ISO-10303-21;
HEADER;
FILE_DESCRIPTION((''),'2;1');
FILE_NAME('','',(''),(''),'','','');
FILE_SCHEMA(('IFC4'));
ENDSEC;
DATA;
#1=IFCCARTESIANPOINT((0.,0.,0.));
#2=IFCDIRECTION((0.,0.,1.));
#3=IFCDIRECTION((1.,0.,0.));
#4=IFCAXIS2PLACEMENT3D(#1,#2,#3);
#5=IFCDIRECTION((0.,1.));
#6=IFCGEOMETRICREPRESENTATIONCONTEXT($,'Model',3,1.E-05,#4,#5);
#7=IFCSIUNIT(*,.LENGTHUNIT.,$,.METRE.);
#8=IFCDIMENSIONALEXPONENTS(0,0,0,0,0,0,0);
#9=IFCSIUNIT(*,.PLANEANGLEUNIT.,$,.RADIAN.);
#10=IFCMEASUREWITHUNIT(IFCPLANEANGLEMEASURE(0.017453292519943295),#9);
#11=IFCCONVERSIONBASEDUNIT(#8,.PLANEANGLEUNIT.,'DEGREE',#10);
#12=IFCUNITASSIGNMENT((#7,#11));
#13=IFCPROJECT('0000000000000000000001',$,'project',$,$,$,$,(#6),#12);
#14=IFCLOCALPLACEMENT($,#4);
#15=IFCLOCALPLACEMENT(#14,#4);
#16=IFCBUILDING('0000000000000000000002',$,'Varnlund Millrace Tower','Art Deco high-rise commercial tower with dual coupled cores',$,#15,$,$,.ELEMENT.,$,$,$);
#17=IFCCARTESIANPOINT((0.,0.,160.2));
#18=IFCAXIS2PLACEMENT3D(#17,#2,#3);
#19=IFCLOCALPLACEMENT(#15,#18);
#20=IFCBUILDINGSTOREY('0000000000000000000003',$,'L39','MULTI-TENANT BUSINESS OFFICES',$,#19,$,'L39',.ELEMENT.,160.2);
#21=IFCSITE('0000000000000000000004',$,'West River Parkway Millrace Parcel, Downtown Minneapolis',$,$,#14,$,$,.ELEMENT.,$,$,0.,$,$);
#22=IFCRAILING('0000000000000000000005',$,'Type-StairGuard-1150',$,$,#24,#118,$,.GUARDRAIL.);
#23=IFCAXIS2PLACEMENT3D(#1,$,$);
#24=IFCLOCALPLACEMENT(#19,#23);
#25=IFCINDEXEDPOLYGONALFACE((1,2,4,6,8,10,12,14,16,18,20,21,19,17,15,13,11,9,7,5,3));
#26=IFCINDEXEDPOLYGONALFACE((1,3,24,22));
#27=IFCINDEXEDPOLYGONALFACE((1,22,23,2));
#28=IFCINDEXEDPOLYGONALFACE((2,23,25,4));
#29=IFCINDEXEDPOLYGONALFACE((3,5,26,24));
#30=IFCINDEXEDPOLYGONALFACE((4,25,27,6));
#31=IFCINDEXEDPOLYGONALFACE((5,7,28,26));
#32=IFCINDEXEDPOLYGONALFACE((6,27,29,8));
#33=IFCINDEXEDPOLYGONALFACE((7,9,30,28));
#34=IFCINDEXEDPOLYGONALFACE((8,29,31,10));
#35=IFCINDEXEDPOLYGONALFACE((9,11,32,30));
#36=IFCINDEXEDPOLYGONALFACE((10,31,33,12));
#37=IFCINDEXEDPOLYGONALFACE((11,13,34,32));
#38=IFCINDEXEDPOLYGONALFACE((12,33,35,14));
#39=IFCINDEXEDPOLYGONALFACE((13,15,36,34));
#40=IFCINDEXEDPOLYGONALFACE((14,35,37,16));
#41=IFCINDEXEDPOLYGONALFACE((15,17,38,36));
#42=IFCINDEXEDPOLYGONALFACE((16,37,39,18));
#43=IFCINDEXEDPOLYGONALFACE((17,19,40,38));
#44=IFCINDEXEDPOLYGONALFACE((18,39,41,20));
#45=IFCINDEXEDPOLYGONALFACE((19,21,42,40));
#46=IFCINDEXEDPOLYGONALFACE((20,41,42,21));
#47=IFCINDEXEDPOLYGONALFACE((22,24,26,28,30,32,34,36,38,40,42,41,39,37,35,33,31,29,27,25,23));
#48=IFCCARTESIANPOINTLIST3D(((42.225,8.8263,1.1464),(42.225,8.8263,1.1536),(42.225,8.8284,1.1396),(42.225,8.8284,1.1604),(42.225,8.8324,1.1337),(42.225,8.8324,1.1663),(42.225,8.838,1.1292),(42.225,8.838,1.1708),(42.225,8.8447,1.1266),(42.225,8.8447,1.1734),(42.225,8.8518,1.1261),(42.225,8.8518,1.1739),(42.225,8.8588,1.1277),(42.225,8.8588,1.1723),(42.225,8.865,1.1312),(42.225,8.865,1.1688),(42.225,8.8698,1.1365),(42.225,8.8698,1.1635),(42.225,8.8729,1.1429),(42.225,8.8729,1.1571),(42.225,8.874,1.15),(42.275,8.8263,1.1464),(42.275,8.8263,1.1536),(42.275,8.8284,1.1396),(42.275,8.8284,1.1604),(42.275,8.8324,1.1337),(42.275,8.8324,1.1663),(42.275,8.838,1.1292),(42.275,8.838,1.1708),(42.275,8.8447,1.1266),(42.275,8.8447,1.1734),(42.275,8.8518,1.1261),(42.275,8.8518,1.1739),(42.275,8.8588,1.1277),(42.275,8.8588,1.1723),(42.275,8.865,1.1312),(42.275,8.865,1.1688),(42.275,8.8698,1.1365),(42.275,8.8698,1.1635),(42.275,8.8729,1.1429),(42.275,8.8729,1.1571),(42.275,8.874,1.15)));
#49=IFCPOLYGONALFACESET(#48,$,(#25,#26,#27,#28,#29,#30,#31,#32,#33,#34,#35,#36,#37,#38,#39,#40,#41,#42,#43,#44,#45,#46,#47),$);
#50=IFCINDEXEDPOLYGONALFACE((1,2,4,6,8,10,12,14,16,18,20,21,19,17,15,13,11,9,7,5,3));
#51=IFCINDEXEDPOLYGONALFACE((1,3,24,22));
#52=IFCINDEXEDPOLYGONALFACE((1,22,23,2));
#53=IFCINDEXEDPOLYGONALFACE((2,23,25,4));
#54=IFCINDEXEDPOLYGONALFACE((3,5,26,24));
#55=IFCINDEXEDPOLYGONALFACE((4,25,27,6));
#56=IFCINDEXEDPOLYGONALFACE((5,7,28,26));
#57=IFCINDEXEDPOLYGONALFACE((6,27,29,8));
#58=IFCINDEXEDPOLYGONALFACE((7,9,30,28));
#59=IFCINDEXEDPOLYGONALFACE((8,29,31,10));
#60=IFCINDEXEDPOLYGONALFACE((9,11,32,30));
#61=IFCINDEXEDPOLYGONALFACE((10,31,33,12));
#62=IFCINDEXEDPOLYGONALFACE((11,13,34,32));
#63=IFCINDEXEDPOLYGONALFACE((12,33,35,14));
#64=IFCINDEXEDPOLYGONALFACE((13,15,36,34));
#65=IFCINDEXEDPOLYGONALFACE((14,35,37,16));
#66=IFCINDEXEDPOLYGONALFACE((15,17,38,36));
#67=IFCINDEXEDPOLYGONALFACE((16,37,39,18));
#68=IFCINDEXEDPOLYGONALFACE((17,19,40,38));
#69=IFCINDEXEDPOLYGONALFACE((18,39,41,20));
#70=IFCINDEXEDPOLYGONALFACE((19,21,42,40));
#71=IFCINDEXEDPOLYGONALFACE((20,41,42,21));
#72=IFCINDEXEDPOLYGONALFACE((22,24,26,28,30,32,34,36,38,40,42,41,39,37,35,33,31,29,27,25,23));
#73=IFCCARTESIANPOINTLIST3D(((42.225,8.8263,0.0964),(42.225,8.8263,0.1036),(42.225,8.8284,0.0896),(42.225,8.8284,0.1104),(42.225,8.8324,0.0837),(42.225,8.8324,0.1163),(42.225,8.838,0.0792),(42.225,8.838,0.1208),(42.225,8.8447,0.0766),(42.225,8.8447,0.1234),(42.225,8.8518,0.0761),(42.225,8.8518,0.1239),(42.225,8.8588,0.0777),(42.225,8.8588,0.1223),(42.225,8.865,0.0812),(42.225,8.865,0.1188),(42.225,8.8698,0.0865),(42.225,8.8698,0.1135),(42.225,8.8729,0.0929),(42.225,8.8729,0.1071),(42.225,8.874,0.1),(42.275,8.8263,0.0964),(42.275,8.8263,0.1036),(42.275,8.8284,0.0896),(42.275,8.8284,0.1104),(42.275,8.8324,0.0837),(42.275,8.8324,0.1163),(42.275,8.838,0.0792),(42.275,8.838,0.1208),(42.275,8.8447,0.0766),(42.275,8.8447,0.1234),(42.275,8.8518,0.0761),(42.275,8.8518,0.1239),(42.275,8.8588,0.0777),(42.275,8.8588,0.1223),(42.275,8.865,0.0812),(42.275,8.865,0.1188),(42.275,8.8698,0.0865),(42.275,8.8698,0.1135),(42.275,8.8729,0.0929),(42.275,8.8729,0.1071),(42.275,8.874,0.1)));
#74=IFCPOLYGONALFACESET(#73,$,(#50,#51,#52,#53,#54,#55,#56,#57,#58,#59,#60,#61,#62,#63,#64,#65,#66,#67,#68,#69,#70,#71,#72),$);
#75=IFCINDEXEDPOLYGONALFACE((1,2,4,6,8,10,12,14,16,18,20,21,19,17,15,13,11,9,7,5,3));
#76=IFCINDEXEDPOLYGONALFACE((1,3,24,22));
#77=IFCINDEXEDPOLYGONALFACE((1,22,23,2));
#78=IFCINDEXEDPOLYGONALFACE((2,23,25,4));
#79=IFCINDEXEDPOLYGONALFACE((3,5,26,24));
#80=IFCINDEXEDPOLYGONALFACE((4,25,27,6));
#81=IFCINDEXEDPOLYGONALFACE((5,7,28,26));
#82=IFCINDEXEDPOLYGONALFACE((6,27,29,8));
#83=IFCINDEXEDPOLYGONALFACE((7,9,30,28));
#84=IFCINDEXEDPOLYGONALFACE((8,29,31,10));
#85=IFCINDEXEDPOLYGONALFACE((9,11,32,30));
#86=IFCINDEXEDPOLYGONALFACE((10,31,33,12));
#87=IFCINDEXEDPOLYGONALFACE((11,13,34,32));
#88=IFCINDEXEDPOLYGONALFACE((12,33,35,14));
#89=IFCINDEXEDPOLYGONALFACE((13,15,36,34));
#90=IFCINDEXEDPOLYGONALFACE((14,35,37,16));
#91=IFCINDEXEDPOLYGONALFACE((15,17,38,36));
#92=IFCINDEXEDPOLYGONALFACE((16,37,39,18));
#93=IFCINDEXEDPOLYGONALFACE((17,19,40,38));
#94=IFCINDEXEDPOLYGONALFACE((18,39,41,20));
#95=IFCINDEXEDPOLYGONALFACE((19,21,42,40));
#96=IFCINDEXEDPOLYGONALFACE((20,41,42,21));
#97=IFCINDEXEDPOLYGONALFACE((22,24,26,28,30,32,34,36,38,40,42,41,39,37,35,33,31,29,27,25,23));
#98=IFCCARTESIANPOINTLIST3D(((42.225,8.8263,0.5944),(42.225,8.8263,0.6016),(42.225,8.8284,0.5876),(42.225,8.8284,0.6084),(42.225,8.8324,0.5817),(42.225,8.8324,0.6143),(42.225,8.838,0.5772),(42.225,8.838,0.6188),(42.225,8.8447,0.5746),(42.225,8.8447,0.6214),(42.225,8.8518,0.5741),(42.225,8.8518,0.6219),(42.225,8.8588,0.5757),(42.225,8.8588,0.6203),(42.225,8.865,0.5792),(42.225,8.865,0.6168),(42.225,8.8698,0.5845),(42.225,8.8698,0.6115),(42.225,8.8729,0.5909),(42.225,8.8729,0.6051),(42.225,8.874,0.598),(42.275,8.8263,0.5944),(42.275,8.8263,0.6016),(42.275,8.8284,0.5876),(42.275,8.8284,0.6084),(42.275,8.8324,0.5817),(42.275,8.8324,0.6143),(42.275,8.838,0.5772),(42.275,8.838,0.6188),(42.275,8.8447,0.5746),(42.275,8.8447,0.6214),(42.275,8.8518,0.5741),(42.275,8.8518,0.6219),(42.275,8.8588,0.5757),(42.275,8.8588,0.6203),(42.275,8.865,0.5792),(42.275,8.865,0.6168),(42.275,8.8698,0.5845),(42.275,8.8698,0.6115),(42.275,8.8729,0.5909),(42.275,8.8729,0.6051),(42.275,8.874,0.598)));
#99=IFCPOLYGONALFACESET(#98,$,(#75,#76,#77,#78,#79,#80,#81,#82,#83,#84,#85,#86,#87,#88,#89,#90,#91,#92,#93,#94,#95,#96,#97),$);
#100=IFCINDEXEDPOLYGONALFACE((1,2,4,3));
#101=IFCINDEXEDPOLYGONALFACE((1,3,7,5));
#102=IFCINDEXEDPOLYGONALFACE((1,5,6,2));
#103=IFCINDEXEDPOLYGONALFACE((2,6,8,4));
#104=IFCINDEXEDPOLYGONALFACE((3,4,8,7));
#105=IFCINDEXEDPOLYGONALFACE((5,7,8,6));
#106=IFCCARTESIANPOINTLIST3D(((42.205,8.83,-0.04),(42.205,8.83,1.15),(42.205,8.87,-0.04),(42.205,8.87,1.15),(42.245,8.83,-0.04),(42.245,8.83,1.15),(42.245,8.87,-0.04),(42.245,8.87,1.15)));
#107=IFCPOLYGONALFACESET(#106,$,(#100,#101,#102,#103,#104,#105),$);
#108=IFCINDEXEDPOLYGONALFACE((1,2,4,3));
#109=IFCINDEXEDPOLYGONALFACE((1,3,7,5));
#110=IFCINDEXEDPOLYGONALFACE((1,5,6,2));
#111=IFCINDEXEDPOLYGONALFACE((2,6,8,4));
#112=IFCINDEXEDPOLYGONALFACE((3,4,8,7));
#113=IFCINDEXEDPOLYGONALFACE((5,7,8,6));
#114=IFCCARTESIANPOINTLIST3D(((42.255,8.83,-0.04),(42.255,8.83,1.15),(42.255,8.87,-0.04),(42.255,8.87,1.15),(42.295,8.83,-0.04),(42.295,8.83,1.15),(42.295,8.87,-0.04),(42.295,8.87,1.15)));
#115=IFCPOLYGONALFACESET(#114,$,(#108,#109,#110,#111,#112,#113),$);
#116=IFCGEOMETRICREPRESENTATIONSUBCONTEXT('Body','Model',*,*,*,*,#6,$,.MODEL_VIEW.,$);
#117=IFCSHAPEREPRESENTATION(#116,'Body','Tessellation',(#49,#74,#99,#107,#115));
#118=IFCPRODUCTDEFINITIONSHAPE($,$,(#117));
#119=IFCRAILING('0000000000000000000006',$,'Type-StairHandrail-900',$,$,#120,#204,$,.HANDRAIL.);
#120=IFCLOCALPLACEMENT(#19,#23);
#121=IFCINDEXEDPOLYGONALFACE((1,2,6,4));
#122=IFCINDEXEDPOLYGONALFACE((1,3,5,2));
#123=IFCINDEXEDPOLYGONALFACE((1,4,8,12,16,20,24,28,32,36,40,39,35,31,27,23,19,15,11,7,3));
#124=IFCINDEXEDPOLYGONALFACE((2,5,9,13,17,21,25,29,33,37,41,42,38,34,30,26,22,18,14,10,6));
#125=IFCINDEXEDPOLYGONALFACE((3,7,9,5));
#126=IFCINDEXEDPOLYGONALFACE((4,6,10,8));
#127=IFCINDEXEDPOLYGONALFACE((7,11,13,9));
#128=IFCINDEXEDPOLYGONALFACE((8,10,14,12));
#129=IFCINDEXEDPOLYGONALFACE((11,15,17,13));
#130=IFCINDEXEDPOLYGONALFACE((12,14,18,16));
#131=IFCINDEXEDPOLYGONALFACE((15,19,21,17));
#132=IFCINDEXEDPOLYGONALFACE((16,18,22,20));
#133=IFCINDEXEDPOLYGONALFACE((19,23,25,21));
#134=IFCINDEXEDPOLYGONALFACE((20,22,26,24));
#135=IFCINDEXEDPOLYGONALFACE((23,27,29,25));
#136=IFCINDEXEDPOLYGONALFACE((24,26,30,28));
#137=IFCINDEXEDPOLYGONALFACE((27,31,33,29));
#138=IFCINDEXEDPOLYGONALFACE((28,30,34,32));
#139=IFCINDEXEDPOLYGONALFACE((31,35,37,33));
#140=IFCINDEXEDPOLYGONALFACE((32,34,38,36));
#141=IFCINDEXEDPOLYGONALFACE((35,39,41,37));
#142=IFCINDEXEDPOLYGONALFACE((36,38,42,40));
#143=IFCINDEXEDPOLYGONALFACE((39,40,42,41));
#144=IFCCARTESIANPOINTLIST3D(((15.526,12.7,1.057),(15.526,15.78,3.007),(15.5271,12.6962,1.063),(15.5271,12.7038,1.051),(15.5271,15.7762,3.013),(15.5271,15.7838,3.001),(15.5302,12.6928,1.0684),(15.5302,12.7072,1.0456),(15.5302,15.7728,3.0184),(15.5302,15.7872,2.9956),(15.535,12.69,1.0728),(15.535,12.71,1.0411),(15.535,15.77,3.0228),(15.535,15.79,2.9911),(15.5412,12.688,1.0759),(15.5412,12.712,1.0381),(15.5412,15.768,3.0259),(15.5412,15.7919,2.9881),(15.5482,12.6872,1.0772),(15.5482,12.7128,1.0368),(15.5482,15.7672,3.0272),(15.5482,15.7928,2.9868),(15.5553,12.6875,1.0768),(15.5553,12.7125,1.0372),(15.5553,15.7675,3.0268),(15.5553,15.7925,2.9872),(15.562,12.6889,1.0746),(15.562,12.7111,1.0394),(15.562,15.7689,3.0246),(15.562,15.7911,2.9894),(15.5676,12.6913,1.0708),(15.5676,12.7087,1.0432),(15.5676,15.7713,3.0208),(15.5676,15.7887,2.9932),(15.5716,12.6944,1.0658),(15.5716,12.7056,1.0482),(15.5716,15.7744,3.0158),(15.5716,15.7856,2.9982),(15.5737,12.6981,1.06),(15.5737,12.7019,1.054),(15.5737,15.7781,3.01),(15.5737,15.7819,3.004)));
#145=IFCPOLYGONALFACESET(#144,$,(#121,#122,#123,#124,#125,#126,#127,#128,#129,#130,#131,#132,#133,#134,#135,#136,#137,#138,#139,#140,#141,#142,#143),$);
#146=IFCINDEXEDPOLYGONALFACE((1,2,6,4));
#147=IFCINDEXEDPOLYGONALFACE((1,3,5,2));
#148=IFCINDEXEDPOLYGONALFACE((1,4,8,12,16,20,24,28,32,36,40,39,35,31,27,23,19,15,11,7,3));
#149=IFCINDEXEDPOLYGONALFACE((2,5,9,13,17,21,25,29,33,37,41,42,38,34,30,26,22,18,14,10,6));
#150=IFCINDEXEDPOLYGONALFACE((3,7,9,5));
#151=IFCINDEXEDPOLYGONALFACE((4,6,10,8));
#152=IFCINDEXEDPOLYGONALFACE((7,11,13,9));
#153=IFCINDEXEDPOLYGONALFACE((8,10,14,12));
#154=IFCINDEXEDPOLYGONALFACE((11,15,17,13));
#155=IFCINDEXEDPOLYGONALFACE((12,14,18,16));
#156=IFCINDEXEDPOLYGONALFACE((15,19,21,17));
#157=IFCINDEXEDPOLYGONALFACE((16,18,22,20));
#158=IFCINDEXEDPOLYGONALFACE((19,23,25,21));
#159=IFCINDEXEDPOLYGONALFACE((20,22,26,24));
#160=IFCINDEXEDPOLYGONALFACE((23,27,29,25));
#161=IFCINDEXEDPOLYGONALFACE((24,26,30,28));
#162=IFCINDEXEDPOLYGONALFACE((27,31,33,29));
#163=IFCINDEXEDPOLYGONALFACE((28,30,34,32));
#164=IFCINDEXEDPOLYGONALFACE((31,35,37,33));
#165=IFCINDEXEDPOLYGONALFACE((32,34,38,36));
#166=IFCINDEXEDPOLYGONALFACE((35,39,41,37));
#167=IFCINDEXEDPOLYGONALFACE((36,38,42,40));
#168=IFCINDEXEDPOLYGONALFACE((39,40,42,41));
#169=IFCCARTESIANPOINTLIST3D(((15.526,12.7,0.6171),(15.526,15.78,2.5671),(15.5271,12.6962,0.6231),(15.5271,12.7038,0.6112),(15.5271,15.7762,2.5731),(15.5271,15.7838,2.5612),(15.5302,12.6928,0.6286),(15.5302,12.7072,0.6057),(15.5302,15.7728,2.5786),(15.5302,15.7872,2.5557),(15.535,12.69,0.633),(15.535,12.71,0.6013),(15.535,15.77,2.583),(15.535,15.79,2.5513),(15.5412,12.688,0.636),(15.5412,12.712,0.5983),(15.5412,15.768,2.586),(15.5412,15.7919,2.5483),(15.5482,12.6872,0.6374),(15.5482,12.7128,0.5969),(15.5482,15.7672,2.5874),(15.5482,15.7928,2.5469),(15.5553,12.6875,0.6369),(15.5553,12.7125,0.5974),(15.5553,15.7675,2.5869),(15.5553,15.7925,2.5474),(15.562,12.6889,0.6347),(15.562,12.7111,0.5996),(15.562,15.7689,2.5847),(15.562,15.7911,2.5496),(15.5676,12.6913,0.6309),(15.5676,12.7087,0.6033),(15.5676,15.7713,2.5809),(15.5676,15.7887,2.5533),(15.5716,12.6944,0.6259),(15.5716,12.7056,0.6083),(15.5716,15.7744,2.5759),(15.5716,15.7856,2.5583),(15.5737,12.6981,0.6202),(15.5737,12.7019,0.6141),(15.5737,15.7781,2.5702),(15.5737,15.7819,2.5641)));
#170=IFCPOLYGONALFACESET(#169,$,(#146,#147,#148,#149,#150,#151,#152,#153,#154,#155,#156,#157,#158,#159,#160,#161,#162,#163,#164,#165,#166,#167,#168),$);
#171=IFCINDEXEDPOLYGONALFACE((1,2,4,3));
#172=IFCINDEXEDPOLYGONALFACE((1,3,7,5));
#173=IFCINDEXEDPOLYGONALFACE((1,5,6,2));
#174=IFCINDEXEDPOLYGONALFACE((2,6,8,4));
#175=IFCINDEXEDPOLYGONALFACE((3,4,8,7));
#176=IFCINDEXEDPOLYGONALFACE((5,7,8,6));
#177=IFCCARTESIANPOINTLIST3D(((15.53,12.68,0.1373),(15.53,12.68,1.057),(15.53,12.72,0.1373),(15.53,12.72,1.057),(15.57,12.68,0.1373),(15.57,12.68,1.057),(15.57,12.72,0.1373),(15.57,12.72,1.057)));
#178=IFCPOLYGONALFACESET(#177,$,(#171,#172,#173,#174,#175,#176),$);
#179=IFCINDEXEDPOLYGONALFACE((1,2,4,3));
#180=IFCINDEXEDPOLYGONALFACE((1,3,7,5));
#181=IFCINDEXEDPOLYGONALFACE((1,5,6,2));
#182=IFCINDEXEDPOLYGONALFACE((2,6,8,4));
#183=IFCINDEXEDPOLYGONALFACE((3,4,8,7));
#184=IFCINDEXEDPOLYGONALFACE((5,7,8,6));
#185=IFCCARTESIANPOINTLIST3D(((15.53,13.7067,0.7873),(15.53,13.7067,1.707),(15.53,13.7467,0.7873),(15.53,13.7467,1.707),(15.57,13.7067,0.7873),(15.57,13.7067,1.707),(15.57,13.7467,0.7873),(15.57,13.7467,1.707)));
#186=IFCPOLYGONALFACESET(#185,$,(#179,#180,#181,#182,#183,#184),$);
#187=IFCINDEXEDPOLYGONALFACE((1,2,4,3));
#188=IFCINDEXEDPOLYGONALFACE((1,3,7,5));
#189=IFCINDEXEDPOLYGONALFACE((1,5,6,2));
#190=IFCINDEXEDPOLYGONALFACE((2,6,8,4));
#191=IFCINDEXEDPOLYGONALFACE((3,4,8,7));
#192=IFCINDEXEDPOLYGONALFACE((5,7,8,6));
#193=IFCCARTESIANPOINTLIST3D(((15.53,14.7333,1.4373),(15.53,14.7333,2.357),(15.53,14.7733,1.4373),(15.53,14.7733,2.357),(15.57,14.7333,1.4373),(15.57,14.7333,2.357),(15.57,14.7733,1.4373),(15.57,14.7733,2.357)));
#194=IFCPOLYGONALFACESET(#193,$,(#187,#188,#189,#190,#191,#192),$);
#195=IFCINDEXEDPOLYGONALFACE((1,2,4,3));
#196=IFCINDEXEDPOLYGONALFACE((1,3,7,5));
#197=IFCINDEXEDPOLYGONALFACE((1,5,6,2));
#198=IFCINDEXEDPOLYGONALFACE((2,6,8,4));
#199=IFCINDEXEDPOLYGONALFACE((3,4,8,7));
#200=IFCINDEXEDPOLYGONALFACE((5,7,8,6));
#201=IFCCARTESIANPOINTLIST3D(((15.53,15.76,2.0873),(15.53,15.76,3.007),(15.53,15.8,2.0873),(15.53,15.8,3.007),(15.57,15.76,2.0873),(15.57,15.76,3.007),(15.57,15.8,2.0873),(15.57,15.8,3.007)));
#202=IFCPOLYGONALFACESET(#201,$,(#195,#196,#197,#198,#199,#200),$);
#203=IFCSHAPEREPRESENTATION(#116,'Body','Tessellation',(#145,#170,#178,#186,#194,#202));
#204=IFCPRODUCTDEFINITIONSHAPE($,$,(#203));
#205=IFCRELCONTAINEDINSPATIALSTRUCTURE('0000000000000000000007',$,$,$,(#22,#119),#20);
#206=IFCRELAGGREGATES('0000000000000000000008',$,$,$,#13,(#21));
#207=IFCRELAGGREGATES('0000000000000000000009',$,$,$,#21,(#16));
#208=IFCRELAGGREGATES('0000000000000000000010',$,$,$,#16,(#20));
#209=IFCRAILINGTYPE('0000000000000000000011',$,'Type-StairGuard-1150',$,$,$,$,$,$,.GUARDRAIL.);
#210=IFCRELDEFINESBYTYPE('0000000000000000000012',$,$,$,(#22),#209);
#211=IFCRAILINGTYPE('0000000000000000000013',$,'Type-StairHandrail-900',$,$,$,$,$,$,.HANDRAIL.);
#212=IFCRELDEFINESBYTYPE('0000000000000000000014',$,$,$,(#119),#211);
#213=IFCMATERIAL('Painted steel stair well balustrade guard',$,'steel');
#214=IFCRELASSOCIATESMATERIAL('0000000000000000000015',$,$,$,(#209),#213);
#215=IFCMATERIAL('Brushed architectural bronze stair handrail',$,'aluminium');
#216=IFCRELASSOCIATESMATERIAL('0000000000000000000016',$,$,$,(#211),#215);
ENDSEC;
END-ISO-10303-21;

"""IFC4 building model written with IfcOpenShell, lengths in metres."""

from ifc_helpers import new_model, entity, si_unit, converted_unit, direction, frame, origin_with_axes, origin_2d_with_axis, place, context, subcontext, project, spatial, rectangle, circle, extrude, material, type_object, element, save


model = new_model("IFC4")

# Units and contexts
model_context = context("Model", 3, precision=1e-05, world=origin_with_axes(), true_north=direction((0.0, 1.0)))
body_context = subcontext(model_context, "Body", "Model", "MODEL_VIEW")
ifc_project = project(units=[si_unit("LENGTHUNIT", "METRE"), converted_unit("PLANEANGLEUNIT", "DEGREE", entity("IfcPlaneAngleMeasure", 0.017453292519943295), si_unit("PLANEANGLEUNIT", "RADIAN"), dimensions=[0, 0, 0, 0, 0, 0, 0])], contexts=[model_context])

# Site, building, storey
site_placement = place(None, origin_with_axes())
site = spatial("IfcSite", under=ifc_project, at=site_placement, Name="West River Parkway Millrace Parcel, Downtown Minneapolis", CompositionType="ELEMENT", RefElevation=0.0)
building_placement = place(site_placement, origin_with_axes())
building = spatial("IfcBuilding", under=site, at=building_placement, Name="Varnlund Millrace Tower", Description="Art Deco high-rise commercial tower with dual coupled cores", CompositionType="ELEMENT")
storey_placement = place(building_placement, frame((0.0, 0.0, 160.2), z_axis=(0.0, 0.0, 1.0), x_axis=(1.0, 0.0, 0.0)))
storey = spatial("IfcBuildingStorey", under=building, at=storey_placement, Name="L39", Description="MULTI-TENANT BUSINESS OFFICES", LongName="L39", CompositionType="ELEMENT", Elevation=160.2)

# Railings
ifc_material_1 = material(Name="Painted steel stair well balustrade guard", Category="steel")
railing_type_1 = type_object("IfcRailingType", Name="Type-StairGuard-1150", PredefinedType="GUARDRAIL", material=ifc_material_1)
railing_1_placement = place(storey_placement, frame((0.0, 0.0, -160.2), z_axis=(0.0, 0.0, 1.0), x_axis=(1.0, 0.0, 0.0)))
element("IfcRailing", 1, at=railing_1_placement, inside=storey, type_object=railing_type_1, Name="Type-StairGuard-1150", PredefinedType="GUARDRAIL", context=body_context, shape_type="SweptSolid", body=[
    extrude(circle(Radius=0.024, at=origin_2d_with_axis()), frame((42.225, 8.85, 161.35), z_axis=(1.0, 0.0, 0.0), x_axis=(0.0, 1.0, 0.0)), (0.0, 0.0, 1.0), 0.05),
    extrude(circle(Radius=0.024, at=origin_2d_with_axis()), frame((42.225, 8.85, 160.3), z_axis=(1.0, 0.0, 0.0), x_axis=(0.0, 1.0, 0.0)), (0.0, 0.0, 1.0), 0.05),
    extrude(circle(Radius=0.024, at=origin_2d_with_axis()), frame((42.225, 8.85, 160.798), z_axis=(1.0, 0.0, 0.0), x_axis=(0.0, 1.0, 0.0)), (0.0, 0.0, 1.0), 0.05),
    extrude(rectangle(XDim=0.04, YDim=0.04, at=origin_2d_with_axis()), frame((42.225, 8.85, 160.16), z_axis=(0.0, 0.0, 1.0), x_axis=(1.0, 0.0, 0.0)), (0.0, 0.0, 1.0), 1.19),
    extrude(rectangle(XDim=0.04, YDim=0.04, at=origin_2d_with_axis()), frame((42.275, 8.85, 160.16), z_axis=(0.0, 0.0, 1.0), x_axis=(1.0, 0.0, 0.0)), (0.0, 0.0, 1.0), 1.19),
])
ifc_material_2 = material(Name="Brushed architectural bronze stair handrail", Category="aluminium")
railing_type_2 = type_object("IfcRailingType", Name="Type-StairHandrail-900", PredefinedType="HANDRAIL", material=ifc_material_2)
railing_2_placement = place(storey_placement, frame((0.0, 0.0, -160.2), z_axis=(0.0, 0.0, 1.0), x_axis=(1.0, 0.0, 0.0)))
element("IfcRailing", 2, at=railing_2_placement, inside=storey, type_object=railing_type_2, Name="Type-StairHandrail-900", PredefinedType="HANDRAIL", context=body_context, shape_type="SweptSolid", body=[
    extrude(circle(Radius=0.024, at=origin_2d_with_axis()), frame((15.55, 12.7, 161.257), z_axis=(0.0, 0.844902, 0.534922), x_axis=(-1.0, 0.0, 0.0)), (0.0, 0.0, 1.0), 3.6454),
    extrude(circle(Radius=0.024, at=origin_2d_with_axis()), frame((15.55, 12.7, 160.8171), z_axis=(0.0, 0.844902, 0.534922), x_axis=(-1.0, 0.0, 0.0)), (0.0, 0.0, 1.0), 3.6454),
    extrude(rectangle(XDim=0.04, YDim=0.04, at=origin_2d_with_axis()), frame((15.55, 12.7, 160.3373), z_axis=(0.0, 0.0, 1.0), x_axis=(1.0, 0.0, 0.0)), (0.0, 0.0, 1.0), 0.9197),
    extrude(rectangle(XDim=0.04, YDim=0.04, at=origin_2d_with_axis()), frame((15.55, 13.7267, 160.9873), z_axis=(0.0, 0.0, 1.0), x_axis=(1.0, 0.0, 0.0)), (0.0, 0.0, 1.0), 0.9197),
    extrude(rectangle(XDim=0.04, YDim=0.04, at=origin_2d_with_axis()), frame((15.55, 14.7533, 161.6373), z_axis=(0.0, 0.0, 1.0), x_axis=(1.0, 0.0, 0.0)), (0.0, 0.0, 1.0), 0.9197),
    extrude(rectangle(XDim=0.04, YDim=0.04, at=origin_2d_with_axis()), frame((15.55, 15.78, 162.2873), z_axis=(0.0, 0.0, 1.0), x_axis=(1.0, 0.0, 0.0)), (0.0, 0.0, 1.0), 0.9197),
])

save(model, "model.ifc")
